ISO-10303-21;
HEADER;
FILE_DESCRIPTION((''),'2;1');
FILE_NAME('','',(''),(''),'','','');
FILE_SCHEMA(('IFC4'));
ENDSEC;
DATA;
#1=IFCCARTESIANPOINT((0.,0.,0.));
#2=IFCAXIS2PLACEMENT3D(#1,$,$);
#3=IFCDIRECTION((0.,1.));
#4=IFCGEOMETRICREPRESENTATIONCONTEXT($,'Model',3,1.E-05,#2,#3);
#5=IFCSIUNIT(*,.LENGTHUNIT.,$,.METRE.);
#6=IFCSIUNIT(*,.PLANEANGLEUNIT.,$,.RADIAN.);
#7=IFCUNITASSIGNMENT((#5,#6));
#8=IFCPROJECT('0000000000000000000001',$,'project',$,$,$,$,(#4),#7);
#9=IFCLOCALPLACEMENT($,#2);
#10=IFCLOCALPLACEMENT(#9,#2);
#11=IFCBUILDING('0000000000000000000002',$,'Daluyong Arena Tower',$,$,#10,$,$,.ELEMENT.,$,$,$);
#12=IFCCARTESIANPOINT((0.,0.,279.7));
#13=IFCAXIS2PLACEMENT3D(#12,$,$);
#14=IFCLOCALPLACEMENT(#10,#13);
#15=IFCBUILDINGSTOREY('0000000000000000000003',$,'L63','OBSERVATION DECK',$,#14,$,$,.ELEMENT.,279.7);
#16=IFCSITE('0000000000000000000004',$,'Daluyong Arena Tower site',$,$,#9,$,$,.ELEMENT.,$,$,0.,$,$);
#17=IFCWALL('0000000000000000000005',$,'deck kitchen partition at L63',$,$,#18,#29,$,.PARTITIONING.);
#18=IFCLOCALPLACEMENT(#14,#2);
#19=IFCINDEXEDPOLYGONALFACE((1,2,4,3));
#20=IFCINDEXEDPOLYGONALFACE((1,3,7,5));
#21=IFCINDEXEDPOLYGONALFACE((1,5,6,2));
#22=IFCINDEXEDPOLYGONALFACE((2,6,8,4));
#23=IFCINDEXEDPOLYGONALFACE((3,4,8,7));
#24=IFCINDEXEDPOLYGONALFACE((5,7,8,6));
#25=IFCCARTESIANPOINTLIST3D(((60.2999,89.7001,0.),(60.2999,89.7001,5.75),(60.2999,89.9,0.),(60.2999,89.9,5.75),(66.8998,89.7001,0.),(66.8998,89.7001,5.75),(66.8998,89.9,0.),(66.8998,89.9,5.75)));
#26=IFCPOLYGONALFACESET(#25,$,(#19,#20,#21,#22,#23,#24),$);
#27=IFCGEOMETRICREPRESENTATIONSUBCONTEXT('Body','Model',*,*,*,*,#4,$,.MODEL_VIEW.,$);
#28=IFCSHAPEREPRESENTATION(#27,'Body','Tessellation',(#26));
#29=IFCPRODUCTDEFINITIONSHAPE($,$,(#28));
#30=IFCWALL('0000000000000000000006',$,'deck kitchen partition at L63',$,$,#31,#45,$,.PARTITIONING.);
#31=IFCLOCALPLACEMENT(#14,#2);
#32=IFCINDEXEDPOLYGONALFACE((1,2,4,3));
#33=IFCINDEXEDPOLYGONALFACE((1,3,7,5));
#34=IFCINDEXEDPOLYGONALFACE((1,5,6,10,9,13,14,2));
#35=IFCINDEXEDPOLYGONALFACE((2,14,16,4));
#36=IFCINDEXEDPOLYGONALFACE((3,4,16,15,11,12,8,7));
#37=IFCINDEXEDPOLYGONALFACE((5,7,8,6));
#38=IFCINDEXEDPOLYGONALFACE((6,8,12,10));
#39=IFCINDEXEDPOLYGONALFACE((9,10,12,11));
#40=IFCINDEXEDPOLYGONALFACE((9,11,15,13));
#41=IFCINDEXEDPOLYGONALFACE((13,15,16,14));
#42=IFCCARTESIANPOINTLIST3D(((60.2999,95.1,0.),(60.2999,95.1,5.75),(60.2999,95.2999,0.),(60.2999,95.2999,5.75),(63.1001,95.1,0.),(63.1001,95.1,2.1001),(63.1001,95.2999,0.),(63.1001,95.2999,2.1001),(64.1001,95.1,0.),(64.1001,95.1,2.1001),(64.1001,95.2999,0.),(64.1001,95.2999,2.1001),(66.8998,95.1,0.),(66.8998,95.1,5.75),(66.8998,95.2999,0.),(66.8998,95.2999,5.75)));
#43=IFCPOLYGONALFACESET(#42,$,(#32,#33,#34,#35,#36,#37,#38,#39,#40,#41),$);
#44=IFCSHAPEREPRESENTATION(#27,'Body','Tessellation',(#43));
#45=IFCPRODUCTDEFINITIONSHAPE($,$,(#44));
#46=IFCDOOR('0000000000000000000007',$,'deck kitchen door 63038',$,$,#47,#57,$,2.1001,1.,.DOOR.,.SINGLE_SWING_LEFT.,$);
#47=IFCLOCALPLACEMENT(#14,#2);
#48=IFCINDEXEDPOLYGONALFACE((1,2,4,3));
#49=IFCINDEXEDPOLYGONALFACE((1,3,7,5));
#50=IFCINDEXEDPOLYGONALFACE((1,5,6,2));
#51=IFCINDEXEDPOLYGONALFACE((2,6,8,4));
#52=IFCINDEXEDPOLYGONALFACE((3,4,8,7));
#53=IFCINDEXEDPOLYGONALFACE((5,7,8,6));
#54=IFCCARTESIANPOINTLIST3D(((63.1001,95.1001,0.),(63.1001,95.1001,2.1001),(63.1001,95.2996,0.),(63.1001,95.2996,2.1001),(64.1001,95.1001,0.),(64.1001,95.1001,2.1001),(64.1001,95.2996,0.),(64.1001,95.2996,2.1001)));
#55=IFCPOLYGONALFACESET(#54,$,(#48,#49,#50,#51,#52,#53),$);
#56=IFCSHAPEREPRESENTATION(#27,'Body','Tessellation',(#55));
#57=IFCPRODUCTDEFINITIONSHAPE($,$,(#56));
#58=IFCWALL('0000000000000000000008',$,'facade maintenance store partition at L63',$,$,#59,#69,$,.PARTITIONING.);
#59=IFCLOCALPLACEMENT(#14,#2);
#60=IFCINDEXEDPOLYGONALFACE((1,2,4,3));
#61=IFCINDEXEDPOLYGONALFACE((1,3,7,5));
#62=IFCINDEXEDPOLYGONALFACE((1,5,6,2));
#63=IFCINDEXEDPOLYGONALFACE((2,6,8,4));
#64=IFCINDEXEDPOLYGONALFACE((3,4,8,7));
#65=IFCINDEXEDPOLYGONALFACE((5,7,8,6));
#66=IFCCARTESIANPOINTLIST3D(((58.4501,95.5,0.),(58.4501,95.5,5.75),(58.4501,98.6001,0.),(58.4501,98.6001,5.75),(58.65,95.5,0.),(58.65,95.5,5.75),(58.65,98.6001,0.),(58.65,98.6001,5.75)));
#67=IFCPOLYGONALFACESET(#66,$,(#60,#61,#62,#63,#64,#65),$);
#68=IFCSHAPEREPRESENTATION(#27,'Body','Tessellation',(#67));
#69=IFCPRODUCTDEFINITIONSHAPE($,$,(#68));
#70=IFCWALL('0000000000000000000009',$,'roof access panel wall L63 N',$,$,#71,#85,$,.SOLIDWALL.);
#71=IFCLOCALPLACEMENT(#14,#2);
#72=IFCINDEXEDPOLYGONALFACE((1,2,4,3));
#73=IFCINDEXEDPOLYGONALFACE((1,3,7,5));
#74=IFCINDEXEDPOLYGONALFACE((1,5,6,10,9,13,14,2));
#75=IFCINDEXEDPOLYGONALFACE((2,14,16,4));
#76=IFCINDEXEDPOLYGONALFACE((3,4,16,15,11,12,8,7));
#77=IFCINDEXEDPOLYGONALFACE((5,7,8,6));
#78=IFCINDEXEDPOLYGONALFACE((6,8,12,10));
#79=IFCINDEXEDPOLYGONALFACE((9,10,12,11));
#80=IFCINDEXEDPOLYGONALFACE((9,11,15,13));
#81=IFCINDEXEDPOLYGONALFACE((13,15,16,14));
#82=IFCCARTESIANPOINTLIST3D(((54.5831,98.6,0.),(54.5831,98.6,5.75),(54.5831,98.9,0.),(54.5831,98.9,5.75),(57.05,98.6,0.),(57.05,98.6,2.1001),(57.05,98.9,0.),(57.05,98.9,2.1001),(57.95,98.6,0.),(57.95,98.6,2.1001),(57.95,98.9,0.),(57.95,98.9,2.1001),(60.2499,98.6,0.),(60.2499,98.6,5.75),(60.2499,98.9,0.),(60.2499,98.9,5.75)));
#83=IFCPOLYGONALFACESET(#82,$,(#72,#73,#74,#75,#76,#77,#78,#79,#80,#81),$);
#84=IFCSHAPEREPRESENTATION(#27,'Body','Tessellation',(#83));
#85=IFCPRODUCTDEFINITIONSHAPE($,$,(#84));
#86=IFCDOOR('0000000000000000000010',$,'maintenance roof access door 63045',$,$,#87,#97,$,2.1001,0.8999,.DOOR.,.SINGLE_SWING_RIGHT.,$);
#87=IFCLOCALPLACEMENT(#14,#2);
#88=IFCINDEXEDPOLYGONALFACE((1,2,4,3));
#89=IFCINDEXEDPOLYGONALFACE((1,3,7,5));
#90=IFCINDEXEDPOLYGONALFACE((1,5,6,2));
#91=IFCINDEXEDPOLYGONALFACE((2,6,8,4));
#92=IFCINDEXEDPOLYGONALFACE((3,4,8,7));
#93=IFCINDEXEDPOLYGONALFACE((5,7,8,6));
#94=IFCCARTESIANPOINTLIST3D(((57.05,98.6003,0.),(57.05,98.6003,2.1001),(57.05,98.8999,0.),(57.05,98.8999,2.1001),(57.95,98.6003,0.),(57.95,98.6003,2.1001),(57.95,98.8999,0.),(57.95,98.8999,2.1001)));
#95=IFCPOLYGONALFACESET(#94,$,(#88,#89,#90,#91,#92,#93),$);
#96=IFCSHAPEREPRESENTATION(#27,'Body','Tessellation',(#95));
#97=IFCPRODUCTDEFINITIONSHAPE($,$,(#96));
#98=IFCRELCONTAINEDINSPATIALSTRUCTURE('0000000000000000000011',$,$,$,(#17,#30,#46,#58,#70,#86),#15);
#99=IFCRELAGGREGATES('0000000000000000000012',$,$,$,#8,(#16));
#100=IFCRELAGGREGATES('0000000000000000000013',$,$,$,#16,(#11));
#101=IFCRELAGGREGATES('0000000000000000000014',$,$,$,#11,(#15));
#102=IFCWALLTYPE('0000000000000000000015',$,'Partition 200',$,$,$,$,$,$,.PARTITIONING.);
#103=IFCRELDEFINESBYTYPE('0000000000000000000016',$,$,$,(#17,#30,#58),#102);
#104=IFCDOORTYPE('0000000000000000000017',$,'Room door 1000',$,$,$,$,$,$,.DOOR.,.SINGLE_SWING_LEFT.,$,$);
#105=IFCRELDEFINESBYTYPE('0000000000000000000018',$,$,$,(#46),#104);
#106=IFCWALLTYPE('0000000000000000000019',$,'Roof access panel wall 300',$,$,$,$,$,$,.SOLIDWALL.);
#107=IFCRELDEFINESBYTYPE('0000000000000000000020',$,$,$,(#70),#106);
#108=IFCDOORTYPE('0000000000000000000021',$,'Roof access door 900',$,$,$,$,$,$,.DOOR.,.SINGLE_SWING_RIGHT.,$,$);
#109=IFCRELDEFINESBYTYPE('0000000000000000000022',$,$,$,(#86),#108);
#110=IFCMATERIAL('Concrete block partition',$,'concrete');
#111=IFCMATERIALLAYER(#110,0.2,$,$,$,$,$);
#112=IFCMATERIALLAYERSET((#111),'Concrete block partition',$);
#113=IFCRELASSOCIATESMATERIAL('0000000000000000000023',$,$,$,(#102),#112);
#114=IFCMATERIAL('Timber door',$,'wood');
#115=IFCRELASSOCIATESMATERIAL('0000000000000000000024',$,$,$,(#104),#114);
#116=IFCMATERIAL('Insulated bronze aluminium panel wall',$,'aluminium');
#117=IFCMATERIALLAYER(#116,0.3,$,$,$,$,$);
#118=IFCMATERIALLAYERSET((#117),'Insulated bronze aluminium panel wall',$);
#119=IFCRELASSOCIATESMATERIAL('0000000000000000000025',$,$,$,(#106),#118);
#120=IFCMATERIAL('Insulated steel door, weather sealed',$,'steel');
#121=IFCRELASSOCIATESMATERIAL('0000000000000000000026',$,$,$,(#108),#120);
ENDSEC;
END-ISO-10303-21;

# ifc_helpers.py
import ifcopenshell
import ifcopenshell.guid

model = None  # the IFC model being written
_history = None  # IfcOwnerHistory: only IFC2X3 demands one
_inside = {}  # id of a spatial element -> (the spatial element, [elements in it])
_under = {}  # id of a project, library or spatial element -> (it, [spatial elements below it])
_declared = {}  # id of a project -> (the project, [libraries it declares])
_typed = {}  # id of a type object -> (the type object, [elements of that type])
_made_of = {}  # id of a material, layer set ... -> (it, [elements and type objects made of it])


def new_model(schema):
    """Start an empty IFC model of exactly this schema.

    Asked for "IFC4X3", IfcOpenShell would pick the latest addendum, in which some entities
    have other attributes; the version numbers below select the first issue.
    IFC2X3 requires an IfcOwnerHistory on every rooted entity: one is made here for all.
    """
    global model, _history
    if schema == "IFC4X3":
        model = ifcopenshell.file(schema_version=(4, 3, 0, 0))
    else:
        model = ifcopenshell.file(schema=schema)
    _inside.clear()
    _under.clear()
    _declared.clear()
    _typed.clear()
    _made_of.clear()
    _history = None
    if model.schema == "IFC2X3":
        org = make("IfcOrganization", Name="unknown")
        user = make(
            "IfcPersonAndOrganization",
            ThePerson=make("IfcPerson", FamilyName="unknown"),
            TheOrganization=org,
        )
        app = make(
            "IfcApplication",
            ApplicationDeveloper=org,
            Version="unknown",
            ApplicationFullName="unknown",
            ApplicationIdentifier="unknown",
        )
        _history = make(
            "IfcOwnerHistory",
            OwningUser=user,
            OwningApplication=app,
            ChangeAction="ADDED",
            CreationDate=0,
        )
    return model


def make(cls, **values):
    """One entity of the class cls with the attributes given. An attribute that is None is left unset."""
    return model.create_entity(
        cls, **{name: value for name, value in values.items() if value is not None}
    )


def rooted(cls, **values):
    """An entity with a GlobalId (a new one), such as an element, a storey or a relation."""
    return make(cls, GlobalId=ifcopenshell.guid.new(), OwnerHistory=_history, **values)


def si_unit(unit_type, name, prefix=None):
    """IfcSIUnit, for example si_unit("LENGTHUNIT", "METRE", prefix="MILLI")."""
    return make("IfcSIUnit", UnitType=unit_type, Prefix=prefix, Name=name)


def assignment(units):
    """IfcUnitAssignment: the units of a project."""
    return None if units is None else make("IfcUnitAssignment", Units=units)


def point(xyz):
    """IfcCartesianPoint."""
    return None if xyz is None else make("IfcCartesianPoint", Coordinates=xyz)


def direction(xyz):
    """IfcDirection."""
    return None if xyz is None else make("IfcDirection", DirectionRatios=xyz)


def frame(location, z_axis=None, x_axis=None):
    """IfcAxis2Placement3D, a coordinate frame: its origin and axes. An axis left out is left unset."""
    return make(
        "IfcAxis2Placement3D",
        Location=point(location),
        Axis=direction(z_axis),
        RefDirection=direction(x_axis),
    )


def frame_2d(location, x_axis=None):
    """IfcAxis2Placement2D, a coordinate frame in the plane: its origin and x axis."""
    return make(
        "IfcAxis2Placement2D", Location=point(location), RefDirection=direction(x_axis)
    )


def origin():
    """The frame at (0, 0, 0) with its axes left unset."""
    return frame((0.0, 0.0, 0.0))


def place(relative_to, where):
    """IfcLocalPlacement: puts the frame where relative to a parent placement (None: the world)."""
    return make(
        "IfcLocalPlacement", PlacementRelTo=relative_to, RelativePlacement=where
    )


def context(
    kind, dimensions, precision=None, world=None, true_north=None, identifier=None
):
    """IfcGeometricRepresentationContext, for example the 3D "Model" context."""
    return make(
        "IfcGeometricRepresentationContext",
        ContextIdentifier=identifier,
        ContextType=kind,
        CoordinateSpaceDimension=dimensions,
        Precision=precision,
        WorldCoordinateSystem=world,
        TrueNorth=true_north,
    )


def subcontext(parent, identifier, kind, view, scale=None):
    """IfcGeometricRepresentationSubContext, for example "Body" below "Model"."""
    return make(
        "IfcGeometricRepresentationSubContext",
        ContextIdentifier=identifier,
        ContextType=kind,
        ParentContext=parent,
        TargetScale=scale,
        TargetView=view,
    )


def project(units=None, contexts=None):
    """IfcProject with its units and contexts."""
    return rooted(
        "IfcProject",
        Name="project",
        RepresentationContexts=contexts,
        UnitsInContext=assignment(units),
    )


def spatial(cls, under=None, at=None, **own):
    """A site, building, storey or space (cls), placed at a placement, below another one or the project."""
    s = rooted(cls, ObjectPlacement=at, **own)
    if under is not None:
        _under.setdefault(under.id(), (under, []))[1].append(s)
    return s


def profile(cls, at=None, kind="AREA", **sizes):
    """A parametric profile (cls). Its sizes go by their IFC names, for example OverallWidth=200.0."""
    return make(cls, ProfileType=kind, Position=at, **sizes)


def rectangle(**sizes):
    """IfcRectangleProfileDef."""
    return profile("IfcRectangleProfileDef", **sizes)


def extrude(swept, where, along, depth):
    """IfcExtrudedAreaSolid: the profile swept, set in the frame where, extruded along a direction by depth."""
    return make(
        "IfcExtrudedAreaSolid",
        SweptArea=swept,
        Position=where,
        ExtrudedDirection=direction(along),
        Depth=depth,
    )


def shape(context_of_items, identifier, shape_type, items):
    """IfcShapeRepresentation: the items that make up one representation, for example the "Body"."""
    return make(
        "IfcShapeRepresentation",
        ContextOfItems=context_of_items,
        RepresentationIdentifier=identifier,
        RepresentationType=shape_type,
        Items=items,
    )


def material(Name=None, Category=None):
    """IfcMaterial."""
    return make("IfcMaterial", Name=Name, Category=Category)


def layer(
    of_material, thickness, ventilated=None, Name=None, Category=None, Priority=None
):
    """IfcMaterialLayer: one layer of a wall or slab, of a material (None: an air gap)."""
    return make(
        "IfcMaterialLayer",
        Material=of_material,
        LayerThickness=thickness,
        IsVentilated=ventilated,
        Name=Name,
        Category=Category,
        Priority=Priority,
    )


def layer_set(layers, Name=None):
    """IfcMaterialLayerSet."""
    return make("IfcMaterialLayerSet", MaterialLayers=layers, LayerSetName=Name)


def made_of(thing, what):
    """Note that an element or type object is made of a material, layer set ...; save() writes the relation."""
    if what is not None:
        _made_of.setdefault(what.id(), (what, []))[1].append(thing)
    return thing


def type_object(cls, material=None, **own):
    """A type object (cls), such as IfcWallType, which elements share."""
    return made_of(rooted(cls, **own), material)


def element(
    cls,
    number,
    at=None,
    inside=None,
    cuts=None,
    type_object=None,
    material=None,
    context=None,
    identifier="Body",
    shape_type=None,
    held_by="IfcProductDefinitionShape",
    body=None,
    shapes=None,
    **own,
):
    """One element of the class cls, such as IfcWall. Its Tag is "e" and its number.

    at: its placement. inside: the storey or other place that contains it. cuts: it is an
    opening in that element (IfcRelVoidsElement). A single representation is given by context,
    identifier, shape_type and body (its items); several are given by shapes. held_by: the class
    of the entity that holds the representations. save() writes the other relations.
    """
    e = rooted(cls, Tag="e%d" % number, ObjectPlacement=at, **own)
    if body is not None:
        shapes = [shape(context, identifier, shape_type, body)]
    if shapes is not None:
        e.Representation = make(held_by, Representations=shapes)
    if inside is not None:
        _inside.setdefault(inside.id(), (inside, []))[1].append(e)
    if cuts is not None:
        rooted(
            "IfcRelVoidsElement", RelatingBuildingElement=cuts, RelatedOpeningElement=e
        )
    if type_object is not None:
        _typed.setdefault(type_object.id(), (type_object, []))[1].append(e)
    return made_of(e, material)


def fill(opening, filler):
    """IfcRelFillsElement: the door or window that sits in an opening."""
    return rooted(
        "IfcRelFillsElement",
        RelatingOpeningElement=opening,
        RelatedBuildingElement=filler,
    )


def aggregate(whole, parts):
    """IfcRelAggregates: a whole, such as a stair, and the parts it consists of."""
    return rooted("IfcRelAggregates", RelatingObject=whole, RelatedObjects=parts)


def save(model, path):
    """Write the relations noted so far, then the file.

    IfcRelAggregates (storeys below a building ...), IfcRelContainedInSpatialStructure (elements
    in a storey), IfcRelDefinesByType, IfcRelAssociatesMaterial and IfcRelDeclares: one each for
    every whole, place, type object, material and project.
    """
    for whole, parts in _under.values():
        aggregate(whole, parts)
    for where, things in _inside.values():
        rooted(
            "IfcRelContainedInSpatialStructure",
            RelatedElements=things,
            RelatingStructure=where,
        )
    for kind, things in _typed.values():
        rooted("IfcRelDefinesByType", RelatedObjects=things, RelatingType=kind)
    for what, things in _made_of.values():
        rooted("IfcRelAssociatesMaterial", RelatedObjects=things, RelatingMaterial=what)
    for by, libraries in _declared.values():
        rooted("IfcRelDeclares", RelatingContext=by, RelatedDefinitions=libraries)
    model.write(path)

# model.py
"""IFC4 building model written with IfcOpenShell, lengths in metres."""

from ifc_helpers import new_model, si_unit, direction, frame, frame_2d, origin, place, context, subcontext, project, spatial, rectangle, extrude, material, layer, layer_set, type_object, element, fill, save


model = new_model("IFC4")

# Units and contexts
model_context = context("Model", 3, precision=1e-05, world=origin(), true_north=direction((0.0, 1.0)))
body_context = subcontext(model_context, "Body", "Model", "MODEL_VIEW")
ifc_project = project(units=[si_unit("LENGTHUNIT", "METRE"), si_unit("PLANEANGLEUNIT", "RADIAN")], contexts=[model_context])

# Site, building, storey
site_placement = place(None, origin())
site = spatial("IfcSite", under=ifc_project, at=site_placement, Name="Daluyong Arena Tower site", CompositionType="ELEMENT", RefElevation=0.0)
building_placement = place(site_placement, origin())
building = spatial("IfcBuilding", under=site, at=building_placement, Name="Daluyong Arena Tower", CompositionType="ELEMENT")
storey_placement = place(building_placement, frame((0.0, 0.0, 279.7)))
storey = spatial("IfcBuildingStorey", under=building, at=storey_placement, Name="L63", Description="OBSERVATION DECK", CompositionType="ELEMENT", Elevation=279.7)

# Wall
ifc_material_1 = material(Name="Concrete block partition", Category="concrete")
ifc_layer_1 = layer(ifc_material_1, 0.2)
ifc_layer_set_1 = layer_set([ifc_layer_1], Name="Concrete block partition")
wall_type_1 = type_object("IfcWallType", Name="Partition 200", PredefinedType="PARTITIONING", material=ifc_layer_set_1)
wall_1_placement = place(storey_placement, frame((60.3, 89.8, 0.0), z_axis=(0.0, 0.0, 1.0), x_axis=(1.0, 0.0, 0.0)))
element("IfcWall", 1, at=wall_1_placement, inside=storey, type_object=wall_type_1, Name="deck kitchen partition at L63", PredefinedType="PARTITIONING", context=body_context, shape_type="SweptSolid", body=[
    extrude(rectangle(XDim=6.5999, YDim=0.2, at=frame_2d((3.2998, 0.0))), origin(), (0.0, 0.0, 1.0), 5.75),
])

# Wall, opening, door
wall_2_placement = place(storey_placement, frame((60.3, 95.2, 0.0), z_axis=(0.0, 0.0, 1.0), x_axis=(1.0, 0.0, 0.0)))
wall_2 = element("IfcWall", 2, at=wall_2_placement, inside=storey, type_object=wall_type_1, Name="deck kitchen partition at L63", PredefinedType="PARTITIONING", context=body_context, shape_type="SweptSolid", body=[
    extrude(rectangle(XDim=6.5999, YDim=0.2, at=frame_2d((3.2998, 0.0))), origin(), (0.0, 0.0, 1.0), 5.75),
])
opening_1_placement = place(wall_2_placement, frame((2.8, 0.0, 0.0)))
opening_1 = element("IfcOpeningElement", 3, at=opening_1_placement, cuts=wall_2, PredefinedType="OPENING", context=body_context, shape_type="SweptSolid", body=[
    extrude(rectangle(XDim=1.0, YDim=2.1001, at=frame_2d((0.5, 1.05))), frame((0.0, 0.1099, 0.0), z_axis=(0.0, -1.0, 0.0), x_axis=(1.0, 0.0, 0.0)), (0.0, 0.0, 1.0), 0.22),
])
ifc_material_2 = material(Name="Timber door", Category="wood")
door_type_1 = type_object("IfcDoorType", Name="Room door 1000", OperationType="SINGLE_SWING_LEFT", PredefinedType="DOOR", material=ifc_material_2)
door_1_placement = place(opening_1_placement, origin())
door_1 = element("IfcDoor", 4, at=door_1_placement, inside=storey, type_object=door_type_1, Name="deck kitchen door 63038", OperationType="SINGLE_SWING_LEFT", OverallHeight=2.1001, OverallWidth=1.0, PredefinedType="DOOR", context=body_context, shape_type="SweptSolid", body=[
    extrude(rectangle(XDim=1.0, YDim=2.1001, at=frame_2d((0.5, 1.05))), frame((0.0, 0.0996, 0.0), z_axis=(0.0, -1.0, 0.0), x_axis=(1.0, 0.0, 0.0)), (0.0, 0.0, 1.0), 0.1995),
])
fill(opening_1, door_1)

# Wall
wall_3_placement = place(storey_placement, frame((58.55, 98.6001, 0.0), z_axis=(0.0, 0.0, 1.0), x_axis=(0.0, -1.0, 0.0)))
element("IfcWall", 5, at=wall_3_placement, inside=storey, type_object=wall_type_1, Name="facade maintenance store partition at L63", PredefinedType="PARTITIONING", context=body_context, shape_type="SweptSolid", body=[
    extrude(rectangle(XDim=3.1001, YDim=0.2, at=frame_2d((1.55, 0.0))), origin(), (0.0, 0.0, 1.0), 5.75),
])

# Wall, opening, door
ifc_material_3 = material(Name="Insulated bronze aluminium panel wall", Category="aluminium")
ifc_layer_2 = layer(ifc_material_3, 0.3)
ifc_layer_set_2 = layer_set([ifc_layer_2], Name="Insulated bronze aluminium panel wall")
wall_type_2 = type_object("IfcWallType", Name="Roof access panel wall 300", PredefinedType="SOLIDWALL", material=ifc_layer_set_2)
wall_4_placement = place(storey_placement, frame((60.25, 98.75, 0.0), z_axis=(0.0, 0.0, 1.0), x_axis=(-1.0, 0.0, 0.0)))
wall_4 = element("IfcWall", 6, at=wall_4_placement, inside=storey, type_object=wall_type_2, Name="roof access panel wall L63 N", PredefinedType="SOLIDWALL", context=body_context, shape_type="SweptSolid", body=[
    extrude(rectangle(XDim=5.6667, YDim=0.3, at=frame_2d((2.8335, 0.0))), origin(), (0.0, 0.0, 1.0), 5.75),
])
opening_2_placement = place(wall_4_placement, frame((2.3, 0.0, 0.0)))
opening_2 = element("IfcOpeningElement", 7, at=opening_2_placement, cuts=wall_4, PredefinedType="OPENING", context=body_context, shape_type="SweptSolid", body=[
    extrude(rectangle(XDim=0.8999, YDim=2.1001, at=frame_2d((0.45, 1.05))), frame((0.0, 0.1599, 0.0), z_axis=(0.0, -1.0, 0.0), x_axis=(1.0, 0.0, 0.0)), (0.0, 0.0, 1.0), 0.3201),
])
ifc_material_4 = material(Name="Insulated steel door, weather sealed", Category="steel")
door_type_2 = type_object("IfcDoorType", Name="Roof access door 900", OperationType="SINGLE_SWING_RIGHT", PredefinedType="DOOR", material=ifc_material_4)
door_2_placement = place(opening_2_placement, frame((0.8999, 0.0, 0.0), z_axis=(0.0, 0.0, 1.0), x_axis=(-1.0, 0.0, 0.0)))
door_2 = element("IfcDoor", 8, at=door_2_placement, inside=storey, type_object=door_type_2, Name="maintenance roof access door 63045", OperationType="SINGLE_SWING_RIGHT", OverallHeight=2.1001, OverallWidth=0.8999, PredefinedType="DOOR", context=body_context, shape_type="SweptSolid", body=[
    extrude(rectangle(XDim=0.8999, YDim=2.1001, at=frame_2d((0.45, 1.05))), frame((0.0, 0.1499, 0.0), z_axis=(0.0, -1.0, 0.0), x_axis=(1.0, 0.0, 0.0)), (0.0, 0.0, 1.0), 0.2996),
])
fill(opening_2, door_2)

save(model, "model.ifc")
